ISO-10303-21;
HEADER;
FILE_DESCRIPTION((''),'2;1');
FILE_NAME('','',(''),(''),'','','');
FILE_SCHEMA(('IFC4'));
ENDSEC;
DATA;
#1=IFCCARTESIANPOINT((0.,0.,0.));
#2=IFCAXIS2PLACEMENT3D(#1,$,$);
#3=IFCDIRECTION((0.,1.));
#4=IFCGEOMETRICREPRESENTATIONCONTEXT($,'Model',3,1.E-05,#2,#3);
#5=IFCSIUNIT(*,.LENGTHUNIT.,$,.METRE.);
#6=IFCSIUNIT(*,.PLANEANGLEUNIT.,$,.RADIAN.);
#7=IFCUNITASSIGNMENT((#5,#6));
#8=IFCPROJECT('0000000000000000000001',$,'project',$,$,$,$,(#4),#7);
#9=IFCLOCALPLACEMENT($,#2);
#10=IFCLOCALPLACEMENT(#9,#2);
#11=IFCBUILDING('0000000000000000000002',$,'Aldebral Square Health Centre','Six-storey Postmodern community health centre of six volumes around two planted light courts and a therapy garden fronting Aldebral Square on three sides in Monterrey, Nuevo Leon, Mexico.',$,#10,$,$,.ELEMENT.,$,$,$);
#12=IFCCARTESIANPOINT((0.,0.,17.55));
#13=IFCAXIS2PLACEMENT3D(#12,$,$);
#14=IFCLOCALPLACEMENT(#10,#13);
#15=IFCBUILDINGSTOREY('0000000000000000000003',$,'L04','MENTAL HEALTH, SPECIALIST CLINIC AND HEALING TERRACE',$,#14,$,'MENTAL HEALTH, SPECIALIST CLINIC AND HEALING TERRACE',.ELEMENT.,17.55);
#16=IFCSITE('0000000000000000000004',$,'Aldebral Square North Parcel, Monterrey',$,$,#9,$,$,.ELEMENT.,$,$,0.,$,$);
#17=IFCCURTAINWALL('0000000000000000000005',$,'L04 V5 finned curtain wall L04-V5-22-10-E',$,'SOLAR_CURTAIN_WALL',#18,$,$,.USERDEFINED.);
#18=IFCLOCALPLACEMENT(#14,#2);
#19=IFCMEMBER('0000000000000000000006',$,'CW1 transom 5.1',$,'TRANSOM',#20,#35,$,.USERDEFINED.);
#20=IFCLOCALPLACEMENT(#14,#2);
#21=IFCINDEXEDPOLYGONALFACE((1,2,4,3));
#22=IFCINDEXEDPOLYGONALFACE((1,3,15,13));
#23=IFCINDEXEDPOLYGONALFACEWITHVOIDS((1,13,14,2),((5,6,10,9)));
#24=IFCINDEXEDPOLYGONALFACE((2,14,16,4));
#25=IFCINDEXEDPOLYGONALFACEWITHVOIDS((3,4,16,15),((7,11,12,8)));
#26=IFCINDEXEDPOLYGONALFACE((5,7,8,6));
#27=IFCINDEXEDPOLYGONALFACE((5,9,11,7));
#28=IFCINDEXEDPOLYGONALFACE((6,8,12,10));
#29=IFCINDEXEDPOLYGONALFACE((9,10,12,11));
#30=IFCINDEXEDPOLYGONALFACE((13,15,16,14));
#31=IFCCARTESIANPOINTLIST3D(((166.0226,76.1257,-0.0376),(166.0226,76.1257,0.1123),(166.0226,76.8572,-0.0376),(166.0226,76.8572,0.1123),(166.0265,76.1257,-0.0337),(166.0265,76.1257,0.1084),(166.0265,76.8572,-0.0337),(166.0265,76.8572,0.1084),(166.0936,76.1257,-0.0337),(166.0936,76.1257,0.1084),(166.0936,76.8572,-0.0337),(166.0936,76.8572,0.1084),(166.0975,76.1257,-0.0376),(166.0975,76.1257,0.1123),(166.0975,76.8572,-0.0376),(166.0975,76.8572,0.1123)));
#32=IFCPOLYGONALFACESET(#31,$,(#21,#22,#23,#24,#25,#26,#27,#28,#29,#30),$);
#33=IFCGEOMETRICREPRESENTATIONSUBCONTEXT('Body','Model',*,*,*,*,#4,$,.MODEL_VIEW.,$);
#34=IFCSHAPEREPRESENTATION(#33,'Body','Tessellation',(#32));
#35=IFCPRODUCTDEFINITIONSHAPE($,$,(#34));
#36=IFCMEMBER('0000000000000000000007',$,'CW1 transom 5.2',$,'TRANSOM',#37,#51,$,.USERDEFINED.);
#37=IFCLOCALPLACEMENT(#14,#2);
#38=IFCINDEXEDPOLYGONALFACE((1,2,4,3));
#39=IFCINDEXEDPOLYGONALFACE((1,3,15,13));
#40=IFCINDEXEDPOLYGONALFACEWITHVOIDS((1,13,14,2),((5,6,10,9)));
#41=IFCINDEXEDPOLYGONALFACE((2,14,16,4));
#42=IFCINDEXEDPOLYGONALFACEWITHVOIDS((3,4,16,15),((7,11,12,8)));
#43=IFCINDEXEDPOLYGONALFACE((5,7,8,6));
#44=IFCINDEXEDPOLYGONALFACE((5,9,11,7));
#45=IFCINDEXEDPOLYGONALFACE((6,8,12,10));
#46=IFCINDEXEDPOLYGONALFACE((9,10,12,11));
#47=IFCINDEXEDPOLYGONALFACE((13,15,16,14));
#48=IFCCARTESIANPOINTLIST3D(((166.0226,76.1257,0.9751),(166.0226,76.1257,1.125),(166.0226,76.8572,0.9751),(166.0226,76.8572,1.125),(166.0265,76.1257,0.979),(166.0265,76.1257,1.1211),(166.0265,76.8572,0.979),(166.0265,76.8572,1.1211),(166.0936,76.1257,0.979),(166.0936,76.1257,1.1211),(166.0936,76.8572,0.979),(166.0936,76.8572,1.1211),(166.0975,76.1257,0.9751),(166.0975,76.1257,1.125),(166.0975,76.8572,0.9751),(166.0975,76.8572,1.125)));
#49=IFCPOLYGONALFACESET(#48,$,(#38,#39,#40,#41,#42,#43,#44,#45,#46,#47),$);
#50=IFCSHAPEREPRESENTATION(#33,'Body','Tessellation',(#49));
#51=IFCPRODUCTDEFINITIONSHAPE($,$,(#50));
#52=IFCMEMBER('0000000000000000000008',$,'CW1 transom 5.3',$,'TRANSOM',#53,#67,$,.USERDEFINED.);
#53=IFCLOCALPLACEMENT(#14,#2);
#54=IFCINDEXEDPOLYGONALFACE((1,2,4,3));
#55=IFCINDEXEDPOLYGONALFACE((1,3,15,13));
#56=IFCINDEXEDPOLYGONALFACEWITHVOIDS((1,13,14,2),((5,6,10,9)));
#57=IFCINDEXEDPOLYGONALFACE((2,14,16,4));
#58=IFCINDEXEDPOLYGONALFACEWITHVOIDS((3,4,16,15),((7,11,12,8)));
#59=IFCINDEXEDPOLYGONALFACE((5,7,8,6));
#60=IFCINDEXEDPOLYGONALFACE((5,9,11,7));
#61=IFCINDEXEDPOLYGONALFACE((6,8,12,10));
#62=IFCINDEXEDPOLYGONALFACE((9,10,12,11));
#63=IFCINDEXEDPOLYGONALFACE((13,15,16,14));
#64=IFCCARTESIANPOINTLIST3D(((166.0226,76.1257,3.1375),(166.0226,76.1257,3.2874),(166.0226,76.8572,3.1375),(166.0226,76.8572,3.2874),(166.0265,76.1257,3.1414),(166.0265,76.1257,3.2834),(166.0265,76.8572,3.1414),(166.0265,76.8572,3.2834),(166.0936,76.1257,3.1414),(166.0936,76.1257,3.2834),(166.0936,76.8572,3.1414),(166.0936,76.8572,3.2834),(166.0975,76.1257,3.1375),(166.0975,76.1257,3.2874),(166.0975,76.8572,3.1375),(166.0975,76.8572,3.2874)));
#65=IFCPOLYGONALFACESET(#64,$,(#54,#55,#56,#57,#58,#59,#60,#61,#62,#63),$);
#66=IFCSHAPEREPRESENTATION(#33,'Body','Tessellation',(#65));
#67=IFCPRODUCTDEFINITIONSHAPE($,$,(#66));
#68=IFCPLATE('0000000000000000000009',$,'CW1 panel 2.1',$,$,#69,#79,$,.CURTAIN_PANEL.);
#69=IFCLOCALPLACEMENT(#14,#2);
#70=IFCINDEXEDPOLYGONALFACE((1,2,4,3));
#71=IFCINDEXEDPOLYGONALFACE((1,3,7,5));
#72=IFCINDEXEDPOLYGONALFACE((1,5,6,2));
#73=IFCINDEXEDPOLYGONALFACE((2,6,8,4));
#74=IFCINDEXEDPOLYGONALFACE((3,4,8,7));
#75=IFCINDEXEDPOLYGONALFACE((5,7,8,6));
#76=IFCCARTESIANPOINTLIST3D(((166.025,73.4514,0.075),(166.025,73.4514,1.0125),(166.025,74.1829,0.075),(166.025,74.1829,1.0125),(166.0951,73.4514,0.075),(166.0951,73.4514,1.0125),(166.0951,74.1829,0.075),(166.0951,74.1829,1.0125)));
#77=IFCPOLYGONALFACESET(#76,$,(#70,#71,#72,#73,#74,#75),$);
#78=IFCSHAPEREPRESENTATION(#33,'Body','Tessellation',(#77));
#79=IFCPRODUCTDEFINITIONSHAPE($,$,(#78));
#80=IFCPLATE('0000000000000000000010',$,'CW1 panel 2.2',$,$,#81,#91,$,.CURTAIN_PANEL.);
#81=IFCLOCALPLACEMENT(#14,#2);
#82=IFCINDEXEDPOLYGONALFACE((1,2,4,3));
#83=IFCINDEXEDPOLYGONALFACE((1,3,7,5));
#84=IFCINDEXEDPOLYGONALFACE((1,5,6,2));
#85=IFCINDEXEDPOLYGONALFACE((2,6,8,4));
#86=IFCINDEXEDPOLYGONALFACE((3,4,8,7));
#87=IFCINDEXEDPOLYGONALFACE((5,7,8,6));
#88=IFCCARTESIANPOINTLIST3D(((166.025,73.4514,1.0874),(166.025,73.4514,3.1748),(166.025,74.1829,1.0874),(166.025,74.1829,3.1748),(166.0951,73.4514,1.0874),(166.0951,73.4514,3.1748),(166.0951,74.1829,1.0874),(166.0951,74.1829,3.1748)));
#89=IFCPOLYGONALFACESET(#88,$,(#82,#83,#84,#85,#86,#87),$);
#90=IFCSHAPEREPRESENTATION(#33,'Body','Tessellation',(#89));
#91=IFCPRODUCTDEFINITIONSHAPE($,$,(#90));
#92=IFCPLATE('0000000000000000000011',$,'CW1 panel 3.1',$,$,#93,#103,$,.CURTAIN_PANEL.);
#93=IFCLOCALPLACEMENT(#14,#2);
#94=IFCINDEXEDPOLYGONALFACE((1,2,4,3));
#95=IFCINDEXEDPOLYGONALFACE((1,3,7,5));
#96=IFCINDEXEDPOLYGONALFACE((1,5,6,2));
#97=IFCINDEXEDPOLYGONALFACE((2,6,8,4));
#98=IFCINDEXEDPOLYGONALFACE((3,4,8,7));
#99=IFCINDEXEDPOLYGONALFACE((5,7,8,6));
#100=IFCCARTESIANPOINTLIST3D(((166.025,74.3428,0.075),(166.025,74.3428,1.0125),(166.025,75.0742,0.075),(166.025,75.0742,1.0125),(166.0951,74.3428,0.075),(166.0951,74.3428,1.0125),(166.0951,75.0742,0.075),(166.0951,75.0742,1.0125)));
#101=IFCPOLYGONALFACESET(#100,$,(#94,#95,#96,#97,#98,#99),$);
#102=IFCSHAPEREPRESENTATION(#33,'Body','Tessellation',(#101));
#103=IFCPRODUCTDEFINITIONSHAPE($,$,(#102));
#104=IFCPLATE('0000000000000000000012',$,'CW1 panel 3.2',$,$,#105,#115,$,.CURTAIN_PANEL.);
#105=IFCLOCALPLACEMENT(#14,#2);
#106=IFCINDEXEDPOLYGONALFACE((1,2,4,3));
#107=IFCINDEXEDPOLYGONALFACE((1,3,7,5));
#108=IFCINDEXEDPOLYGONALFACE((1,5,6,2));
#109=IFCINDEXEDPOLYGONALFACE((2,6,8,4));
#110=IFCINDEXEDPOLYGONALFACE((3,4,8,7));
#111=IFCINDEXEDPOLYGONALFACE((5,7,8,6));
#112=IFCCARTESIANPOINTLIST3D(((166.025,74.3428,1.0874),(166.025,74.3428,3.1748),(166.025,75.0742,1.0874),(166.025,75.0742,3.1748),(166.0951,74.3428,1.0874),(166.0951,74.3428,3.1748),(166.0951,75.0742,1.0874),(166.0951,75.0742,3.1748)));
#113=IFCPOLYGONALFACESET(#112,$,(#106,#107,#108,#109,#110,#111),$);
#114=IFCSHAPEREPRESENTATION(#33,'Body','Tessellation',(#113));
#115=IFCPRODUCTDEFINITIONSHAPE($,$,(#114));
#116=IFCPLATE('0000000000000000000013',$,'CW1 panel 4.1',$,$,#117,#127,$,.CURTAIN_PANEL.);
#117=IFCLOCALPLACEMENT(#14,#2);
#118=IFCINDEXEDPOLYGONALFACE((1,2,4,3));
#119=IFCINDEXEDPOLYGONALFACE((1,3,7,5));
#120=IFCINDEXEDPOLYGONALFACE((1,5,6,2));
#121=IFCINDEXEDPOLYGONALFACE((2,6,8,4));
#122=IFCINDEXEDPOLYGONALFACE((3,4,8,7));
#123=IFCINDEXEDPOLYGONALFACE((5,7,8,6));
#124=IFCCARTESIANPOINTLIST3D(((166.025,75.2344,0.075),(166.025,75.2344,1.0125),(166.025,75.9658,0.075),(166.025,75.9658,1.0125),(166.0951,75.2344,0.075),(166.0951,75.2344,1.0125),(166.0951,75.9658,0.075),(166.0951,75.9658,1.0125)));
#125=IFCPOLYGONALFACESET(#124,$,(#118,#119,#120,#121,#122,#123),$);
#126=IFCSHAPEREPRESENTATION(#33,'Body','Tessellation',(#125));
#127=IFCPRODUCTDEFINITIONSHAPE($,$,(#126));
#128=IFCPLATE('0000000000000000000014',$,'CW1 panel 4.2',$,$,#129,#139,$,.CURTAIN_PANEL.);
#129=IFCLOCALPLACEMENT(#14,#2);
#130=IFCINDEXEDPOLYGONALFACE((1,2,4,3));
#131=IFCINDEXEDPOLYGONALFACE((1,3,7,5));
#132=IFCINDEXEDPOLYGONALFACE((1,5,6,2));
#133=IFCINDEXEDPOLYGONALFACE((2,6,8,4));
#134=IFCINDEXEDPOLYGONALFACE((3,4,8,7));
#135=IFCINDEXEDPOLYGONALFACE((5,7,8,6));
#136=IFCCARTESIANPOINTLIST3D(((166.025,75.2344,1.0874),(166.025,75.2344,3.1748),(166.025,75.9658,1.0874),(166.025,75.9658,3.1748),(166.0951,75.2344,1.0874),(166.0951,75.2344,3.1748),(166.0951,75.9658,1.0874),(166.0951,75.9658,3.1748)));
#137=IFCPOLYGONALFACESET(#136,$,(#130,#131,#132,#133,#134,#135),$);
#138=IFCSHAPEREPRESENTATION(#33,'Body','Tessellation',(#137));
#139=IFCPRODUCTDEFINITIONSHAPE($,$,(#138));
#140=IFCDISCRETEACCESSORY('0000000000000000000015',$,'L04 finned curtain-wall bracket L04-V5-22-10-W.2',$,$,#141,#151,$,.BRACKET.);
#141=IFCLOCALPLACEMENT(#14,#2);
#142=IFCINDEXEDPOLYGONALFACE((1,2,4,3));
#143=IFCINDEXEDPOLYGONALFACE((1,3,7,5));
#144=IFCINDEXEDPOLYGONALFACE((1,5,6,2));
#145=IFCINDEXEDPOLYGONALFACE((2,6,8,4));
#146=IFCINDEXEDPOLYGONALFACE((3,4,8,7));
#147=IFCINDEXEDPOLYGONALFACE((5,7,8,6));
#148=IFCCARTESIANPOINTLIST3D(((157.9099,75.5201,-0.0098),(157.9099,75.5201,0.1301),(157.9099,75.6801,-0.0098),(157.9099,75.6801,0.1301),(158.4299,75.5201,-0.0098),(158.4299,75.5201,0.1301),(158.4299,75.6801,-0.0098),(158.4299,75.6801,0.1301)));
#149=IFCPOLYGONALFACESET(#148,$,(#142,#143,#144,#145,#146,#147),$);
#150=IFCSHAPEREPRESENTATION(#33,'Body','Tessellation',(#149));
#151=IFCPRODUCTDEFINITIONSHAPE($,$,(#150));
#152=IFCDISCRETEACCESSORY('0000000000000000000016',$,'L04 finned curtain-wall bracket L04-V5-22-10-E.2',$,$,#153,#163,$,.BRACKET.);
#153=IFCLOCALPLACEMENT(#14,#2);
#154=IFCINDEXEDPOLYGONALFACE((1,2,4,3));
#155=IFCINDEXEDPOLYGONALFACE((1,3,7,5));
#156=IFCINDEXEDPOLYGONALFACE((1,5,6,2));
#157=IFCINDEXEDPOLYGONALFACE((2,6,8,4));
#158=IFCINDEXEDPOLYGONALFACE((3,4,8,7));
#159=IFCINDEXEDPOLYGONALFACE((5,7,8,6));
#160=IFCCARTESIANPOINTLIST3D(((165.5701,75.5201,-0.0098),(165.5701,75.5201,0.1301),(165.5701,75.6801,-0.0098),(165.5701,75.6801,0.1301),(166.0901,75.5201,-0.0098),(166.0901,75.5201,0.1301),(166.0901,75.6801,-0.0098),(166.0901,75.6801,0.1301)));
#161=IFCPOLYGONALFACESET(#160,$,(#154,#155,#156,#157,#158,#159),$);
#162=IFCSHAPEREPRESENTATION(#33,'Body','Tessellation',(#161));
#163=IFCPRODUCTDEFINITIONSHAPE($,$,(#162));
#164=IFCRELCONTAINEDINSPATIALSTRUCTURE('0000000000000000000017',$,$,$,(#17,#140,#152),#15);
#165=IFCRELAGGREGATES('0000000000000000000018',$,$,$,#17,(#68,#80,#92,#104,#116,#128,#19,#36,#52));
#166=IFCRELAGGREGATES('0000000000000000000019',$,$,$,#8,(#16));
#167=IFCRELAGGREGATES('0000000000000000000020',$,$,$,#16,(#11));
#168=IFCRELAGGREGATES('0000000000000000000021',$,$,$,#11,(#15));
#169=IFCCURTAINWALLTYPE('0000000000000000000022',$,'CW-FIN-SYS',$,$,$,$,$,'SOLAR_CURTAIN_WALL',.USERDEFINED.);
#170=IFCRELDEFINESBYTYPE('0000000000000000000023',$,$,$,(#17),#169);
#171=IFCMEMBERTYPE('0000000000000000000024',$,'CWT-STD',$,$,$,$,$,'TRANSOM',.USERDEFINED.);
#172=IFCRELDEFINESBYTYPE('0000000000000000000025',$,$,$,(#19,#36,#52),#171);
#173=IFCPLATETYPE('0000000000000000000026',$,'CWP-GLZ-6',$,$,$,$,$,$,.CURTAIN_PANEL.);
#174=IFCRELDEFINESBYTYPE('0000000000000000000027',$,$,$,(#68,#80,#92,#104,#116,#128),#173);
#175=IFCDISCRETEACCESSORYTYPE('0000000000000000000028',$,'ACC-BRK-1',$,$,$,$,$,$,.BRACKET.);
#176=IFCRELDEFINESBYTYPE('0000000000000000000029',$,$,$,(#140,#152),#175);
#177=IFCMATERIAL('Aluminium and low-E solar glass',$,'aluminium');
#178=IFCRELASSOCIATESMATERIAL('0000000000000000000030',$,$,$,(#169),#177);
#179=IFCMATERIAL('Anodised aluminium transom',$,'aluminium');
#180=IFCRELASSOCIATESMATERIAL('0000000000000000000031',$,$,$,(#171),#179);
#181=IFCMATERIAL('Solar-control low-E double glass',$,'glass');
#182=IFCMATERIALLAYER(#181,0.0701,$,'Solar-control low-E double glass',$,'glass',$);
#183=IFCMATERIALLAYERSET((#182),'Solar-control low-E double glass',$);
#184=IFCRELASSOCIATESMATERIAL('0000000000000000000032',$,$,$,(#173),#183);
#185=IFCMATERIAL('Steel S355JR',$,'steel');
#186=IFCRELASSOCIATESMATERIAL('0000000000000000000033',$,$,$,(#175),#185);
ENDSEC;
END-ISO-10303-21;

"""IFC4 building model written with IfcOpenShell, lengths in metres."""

from ifc_helpers import new_model, si_unit, direction, frame, origin, origin_2d, place, context, subcontext, project, spatial, rectangle, hollow_rectangle, extrude, material, layer, layer_set, material_profile, profile_set, type_object, element, aggregate, save


model = new_model("IFC4")

# Units and contexts
model_context = context("Model", 3, precision=1e-05, world=origin(), true_north=direction((0.0, 1.0)))
body_context = subcontext(model_context, "Body", "Model", "MODEL_VIEW")
ifc_project = project(units=[si_unit("LENGTHUNIT", "METRE"), si_unit("PLANEANGLEUNIT", "RADIAN")], contexts=[model_context])

# Site, building, storey
site_placement = place(None, origin())
site = spatial("IfcSite", under=ifc_project, at=site_placement, Name="Aldebral Square North Parcel, Monterrey", CompositionType="ELEMENT", RefElevation=0.0)
building_placement = place(site_placement, origin())
building = spatial("IfcBuilding", under=site, at=building_placement, Name="Aldebral Square Health Centre", Description="Six-storey Postmodern community health centre of six volumes around two planted light courts and a therapy garden fronting Aldebral Square on three sides in Monterrey, Nuevo Leon, Mexico.", CompositionType="ELEMENT")
storey_placement = place(building_placement, frame((0.0, 0.0, 17.55)))
storey = spatial("IfcBuildingStorey", under=building, at=storey_placement, Name="L04", Description="MENTAL HEALTH, SPECIALIST CLINIC AND HEALING TERRACE", LongName="MENTAL HEALTH, SPECIALIST CLINIC AND HEALING TERRACE", CompositionType="ELEMENT", Elevation=17.55)

# Curtain wall, members, plates
ifc_material_1 = material(Name="Aluminium and low-E solar glass", Category="aluminium")
curtain_wall_type = type_object("IfcCurtainWallType", Name="CW-FIN-SYS", ElementType="SOLAR_CURTAIN_WALL", PredefinedType="USERDEFINED", material=ifc_material_1)
curtain_wall_placement = place(storey_placement, origin())
curtain_wall = element("IfcCurtainWall", 1, at=curtain_wall_placement, inside=storey, type_object=curtain_wall_type, Name="L04 V5 finned curtain wall L04-V5-22-10-E", ObjectType="SOLAR_CURTAIN_WALL", PredefinedType="USERDEFINED")
ifc_material_2 = material(Name="Anodised aluminium transom", Category="aluminium")
ifc_material_profile_1 = material_profile(ifc_material_2, hollow_rectangle(XDim=0.075, YDim=0.1499, WallThickness=0.0039, at=origin_2d()), Name="CWT 75x150x4")
ifc_profile_set_1 = profile_set([ifc_material_profile_1], Name="Anodised aluminium transom")
member_type_1 = type_object("IfcMemberType", Name="CWT-STD", ElementType="TRANSOM", PredefinedType="USERDEFINED", material=ifc_profile_set_1)
member_1_placement = place(storey_placement, frame((166.0601, 76.1257, 0.0374), z_axis=(0.0, 1.0, 0.0), x_axis=(-1.0, 0.0, 0.0)))
member_1 = element("IfcMember", 2, at=member_1_placement, type_object=member_type_1, Name="CW1 transom 5.1", ObjectType="TRANSOM", PredefinedType="USERDEFINED", context=body_context, shape_type="SweptSolid", body=[
    extrude(hollow_rectangle(XDim=0.075, YDim=0.1499, WallThickness=0.0039, at=origin_2d()), origin(), (0.0, 0.0, 1.0), 0.7314),
])
member_2_placement = place(storey_placement, frame((166.0601, 76.1257, 1.05), z_axis=(0.0, 1.0, 0.0), x_axis=(-1.0, 0.0, 0.0)))
member_2 = element("IfcMember", 3, at=member_2_placement, type_object=member_type_1, Name="CW1 transom 5.2", ObjectType="TRANSOM", PredefinedType="USERDEFINED", context=body_context, shape_type="SweptSolid", body=[
    extrude(hollow_rectangle(XDim=0.075, YDim=0.1499, WallThickness=0.0039, at=origin_2d()), origin(), (0.0, 0.0, 1.0), 0.7314),
])
member_3_placement = place(storey_placement, frame((166.0601, 76.1257, 3.2124), z_axis=(0.0, 1.0, 0.0), x_axis=(-1.0, 0.0, 0.0)))
member_3 = element("IfcMember", 4, at=member_3_placement, type_object=member_type_1, Name="CW1 transom 5.3", ObjectType="TRANSOM", PredefinedType="USERDEFINED", context=body_context, shape_type="SweptSolid", body=[
    extrude(hollow_rectangle(XDim=0.075, YDim=0.1499, WallThickness=0.0039, at=origin_2d()), origin(), (0.0, 0.0, 1.0), 0.7314),
])
ifc_material_3 = material(Name="Solar-control low-E double glass", Category="glass")
ifc_layer = layer(ifc_material_3, 0.0701, Name="Solar-control low-E double glass", Category="glass")
ifc_layer_set = layer_set([ifc_layer], Name="Solar-control low-E double glass")
plate_type = type_object("IfcPlateType", Name="CWP-GLZ-6", PredefinedType="CURTAIN_PANEL", material=ifc_layer_set)
plate_1_placement = place(storey_placement, frame((166.0601, 73.8171, 0.075), z_axis=(0.0, 0.0, 1.0), x_axis=(0.0, 1.0, 0.0)))
plate_1 = element("IfcPlate", 5, at=plate_1_placement, type_object=plate_type, Name="CW1 panel 2.1", PredefinedType="CURTAIN_PANEL", context=body_context, shape_type="SweptSolid", body=[
    extrude(rectangle(XDim=0.7314, YDim=0.0701, at=origin_2d()), origin(), (0.0, 0.0, 1.0), 0.9375),
])
plate_2_placement = place(storey_placement, frame((166.0601, 73.8171, 1.0874), z_axis=(0.0, 0.0, 1.0), x_axis=(0.0, 1.0, 0.0)))
plate_2 = element("IfcPlate", 6, at=plate_2_placement, type_object=plate_type, Name="CW1 panel 2.2", PredefinedType="CURTAIN_PANEL", context=body_context, shape_type="SweptSolid", body=[
    extrude(rectangle(XDim=0.7314, YDim=0.0701, at=origin_2d()), origin(), (0.0, 0.0, 1.0), 2.0874),
])
plate_3_placement = place(storey_placement, frame((166.0601, 74.7085, 0.075), z_axis=(0.0, 0.0, 1.0), x_axis=(0.0, 1.0, 0.0)))
plate_3 = element("IfcPlate", 7, at=plate_3_placement, type_object=plate_type, Name="CW1 panel 3.1", PredefinedType="CURTAIN_PANEL", context=body_context, shape_type="SweptSolid", body=[
    extrude(rectangle(XDim=0.7314, YDim=0.0701, at=origin_2d()), origin(), (0.0, 0.0, 1.0), 0.9375),
])
plate_4_placement = place(storey_placement, frame((166.0601, 74.7085, 1.0874), z_axis=(0.0, 0.0, 1.0), x_axis=(0.0, 1.0, 0.0)))
plate_4 = element("IfcPlate", 8, at=plate_4_placement, type_object=plate_type, Name="CW1 panel 3.2", PredefinedType="CURTAIN_PANEL", context=body_context, shape_type="SweptSolid", body=[
    extrude(rectangle(XDim=0.7314, YDim=0.0701, at=origin_2d()), origin(), (0.0, 0.0, 1.0), 2.0874),
])
plate_5_placement = place(storey_placement, frame((166.0601, 75.6001, 0.075), z_axis=(0.0, 0.0, 1.0), x_axis=(0.0, 1.0, 0.0)))
plate_5 = element("IfcPlate", 9, at=plate_5_placement, type_object=plate_type, Name="CW1 panel 4.1", PredefinedType="CURTAIN_PANEL", context=body_context, shape_type="SweptSolid", body=[
    extrude(rectangle(XDim=0.7314, YDim=0.0701, at=origin_2d()), origin(), (0.0, 0.0, 1.0), 0.9375),
])
plate_6_placement = place(storey_placement, frame((166.0601, 75.6001, 1.0874), z_axis=(0.0, 0.0, 1.0), x_axis=(0.0, 1.0, 0.0)))
plate_6 = element("IfcPlate", 10, at=plate_6_placement, type_object=plate_type, Name="CW1 panel 4.2", PredefinedType="CURTAIN_PANEL", context=body_context, shape_type="SweptSolid", body=[
    extrude(rectangle(XDim=0.7314, YDim=0.0701, at=origin_2d()), origin(), (0.0, 0.0, 1.0), 2.0874),
])
aggregate(curtain_wall, [plate_1, plate_2, plate_3, plate_4, plate_5, plate_6, member_1, member_2, member_3])

# Discrete accessories
ifc_material_4 = material(Name="Steel S355JR", Category="steel")
discrete_accessory_type = type_object("IfcDiscreteAccessoryType", Name="ACC-BRK-1", PredefinedType="BRACKET", material=ifc_material_4)
for number, where, z_axis, x_axis, name in (
    (11, (158.1699, 75.6001, -0.0098), (0.0, 0.0, 1.0), (0.0, 1.0, 0.0), "L04 finned curtain-wall bracket L04-V5-22-10-W.2"),
    (12, (165.8301, 75.6001, -0.0098), (0.0, 0.0, 1.0), (0.0, 1.0, 0.0), "L04 finned curtain-wall bracket L04-V5-22-10-E.2"),
):
    element("IfcDiscreteAccessory", number, at=place(storey_placement, frame(where, z_axis=z_axis, x_axis=x_axis)), inside=storey, type_object=discrete_accessory_type, Name=name, PredefinedType="BRACKET", context=body_context, shape_type="SweptSolid", body=[
        extrude(rectangle(XDim=0.1599, YDim=0.52, at=origin_2d()), origin(), (0.0, 0.0, 1.0), 0.1399),
    ])

save(model, "model.ifc")
